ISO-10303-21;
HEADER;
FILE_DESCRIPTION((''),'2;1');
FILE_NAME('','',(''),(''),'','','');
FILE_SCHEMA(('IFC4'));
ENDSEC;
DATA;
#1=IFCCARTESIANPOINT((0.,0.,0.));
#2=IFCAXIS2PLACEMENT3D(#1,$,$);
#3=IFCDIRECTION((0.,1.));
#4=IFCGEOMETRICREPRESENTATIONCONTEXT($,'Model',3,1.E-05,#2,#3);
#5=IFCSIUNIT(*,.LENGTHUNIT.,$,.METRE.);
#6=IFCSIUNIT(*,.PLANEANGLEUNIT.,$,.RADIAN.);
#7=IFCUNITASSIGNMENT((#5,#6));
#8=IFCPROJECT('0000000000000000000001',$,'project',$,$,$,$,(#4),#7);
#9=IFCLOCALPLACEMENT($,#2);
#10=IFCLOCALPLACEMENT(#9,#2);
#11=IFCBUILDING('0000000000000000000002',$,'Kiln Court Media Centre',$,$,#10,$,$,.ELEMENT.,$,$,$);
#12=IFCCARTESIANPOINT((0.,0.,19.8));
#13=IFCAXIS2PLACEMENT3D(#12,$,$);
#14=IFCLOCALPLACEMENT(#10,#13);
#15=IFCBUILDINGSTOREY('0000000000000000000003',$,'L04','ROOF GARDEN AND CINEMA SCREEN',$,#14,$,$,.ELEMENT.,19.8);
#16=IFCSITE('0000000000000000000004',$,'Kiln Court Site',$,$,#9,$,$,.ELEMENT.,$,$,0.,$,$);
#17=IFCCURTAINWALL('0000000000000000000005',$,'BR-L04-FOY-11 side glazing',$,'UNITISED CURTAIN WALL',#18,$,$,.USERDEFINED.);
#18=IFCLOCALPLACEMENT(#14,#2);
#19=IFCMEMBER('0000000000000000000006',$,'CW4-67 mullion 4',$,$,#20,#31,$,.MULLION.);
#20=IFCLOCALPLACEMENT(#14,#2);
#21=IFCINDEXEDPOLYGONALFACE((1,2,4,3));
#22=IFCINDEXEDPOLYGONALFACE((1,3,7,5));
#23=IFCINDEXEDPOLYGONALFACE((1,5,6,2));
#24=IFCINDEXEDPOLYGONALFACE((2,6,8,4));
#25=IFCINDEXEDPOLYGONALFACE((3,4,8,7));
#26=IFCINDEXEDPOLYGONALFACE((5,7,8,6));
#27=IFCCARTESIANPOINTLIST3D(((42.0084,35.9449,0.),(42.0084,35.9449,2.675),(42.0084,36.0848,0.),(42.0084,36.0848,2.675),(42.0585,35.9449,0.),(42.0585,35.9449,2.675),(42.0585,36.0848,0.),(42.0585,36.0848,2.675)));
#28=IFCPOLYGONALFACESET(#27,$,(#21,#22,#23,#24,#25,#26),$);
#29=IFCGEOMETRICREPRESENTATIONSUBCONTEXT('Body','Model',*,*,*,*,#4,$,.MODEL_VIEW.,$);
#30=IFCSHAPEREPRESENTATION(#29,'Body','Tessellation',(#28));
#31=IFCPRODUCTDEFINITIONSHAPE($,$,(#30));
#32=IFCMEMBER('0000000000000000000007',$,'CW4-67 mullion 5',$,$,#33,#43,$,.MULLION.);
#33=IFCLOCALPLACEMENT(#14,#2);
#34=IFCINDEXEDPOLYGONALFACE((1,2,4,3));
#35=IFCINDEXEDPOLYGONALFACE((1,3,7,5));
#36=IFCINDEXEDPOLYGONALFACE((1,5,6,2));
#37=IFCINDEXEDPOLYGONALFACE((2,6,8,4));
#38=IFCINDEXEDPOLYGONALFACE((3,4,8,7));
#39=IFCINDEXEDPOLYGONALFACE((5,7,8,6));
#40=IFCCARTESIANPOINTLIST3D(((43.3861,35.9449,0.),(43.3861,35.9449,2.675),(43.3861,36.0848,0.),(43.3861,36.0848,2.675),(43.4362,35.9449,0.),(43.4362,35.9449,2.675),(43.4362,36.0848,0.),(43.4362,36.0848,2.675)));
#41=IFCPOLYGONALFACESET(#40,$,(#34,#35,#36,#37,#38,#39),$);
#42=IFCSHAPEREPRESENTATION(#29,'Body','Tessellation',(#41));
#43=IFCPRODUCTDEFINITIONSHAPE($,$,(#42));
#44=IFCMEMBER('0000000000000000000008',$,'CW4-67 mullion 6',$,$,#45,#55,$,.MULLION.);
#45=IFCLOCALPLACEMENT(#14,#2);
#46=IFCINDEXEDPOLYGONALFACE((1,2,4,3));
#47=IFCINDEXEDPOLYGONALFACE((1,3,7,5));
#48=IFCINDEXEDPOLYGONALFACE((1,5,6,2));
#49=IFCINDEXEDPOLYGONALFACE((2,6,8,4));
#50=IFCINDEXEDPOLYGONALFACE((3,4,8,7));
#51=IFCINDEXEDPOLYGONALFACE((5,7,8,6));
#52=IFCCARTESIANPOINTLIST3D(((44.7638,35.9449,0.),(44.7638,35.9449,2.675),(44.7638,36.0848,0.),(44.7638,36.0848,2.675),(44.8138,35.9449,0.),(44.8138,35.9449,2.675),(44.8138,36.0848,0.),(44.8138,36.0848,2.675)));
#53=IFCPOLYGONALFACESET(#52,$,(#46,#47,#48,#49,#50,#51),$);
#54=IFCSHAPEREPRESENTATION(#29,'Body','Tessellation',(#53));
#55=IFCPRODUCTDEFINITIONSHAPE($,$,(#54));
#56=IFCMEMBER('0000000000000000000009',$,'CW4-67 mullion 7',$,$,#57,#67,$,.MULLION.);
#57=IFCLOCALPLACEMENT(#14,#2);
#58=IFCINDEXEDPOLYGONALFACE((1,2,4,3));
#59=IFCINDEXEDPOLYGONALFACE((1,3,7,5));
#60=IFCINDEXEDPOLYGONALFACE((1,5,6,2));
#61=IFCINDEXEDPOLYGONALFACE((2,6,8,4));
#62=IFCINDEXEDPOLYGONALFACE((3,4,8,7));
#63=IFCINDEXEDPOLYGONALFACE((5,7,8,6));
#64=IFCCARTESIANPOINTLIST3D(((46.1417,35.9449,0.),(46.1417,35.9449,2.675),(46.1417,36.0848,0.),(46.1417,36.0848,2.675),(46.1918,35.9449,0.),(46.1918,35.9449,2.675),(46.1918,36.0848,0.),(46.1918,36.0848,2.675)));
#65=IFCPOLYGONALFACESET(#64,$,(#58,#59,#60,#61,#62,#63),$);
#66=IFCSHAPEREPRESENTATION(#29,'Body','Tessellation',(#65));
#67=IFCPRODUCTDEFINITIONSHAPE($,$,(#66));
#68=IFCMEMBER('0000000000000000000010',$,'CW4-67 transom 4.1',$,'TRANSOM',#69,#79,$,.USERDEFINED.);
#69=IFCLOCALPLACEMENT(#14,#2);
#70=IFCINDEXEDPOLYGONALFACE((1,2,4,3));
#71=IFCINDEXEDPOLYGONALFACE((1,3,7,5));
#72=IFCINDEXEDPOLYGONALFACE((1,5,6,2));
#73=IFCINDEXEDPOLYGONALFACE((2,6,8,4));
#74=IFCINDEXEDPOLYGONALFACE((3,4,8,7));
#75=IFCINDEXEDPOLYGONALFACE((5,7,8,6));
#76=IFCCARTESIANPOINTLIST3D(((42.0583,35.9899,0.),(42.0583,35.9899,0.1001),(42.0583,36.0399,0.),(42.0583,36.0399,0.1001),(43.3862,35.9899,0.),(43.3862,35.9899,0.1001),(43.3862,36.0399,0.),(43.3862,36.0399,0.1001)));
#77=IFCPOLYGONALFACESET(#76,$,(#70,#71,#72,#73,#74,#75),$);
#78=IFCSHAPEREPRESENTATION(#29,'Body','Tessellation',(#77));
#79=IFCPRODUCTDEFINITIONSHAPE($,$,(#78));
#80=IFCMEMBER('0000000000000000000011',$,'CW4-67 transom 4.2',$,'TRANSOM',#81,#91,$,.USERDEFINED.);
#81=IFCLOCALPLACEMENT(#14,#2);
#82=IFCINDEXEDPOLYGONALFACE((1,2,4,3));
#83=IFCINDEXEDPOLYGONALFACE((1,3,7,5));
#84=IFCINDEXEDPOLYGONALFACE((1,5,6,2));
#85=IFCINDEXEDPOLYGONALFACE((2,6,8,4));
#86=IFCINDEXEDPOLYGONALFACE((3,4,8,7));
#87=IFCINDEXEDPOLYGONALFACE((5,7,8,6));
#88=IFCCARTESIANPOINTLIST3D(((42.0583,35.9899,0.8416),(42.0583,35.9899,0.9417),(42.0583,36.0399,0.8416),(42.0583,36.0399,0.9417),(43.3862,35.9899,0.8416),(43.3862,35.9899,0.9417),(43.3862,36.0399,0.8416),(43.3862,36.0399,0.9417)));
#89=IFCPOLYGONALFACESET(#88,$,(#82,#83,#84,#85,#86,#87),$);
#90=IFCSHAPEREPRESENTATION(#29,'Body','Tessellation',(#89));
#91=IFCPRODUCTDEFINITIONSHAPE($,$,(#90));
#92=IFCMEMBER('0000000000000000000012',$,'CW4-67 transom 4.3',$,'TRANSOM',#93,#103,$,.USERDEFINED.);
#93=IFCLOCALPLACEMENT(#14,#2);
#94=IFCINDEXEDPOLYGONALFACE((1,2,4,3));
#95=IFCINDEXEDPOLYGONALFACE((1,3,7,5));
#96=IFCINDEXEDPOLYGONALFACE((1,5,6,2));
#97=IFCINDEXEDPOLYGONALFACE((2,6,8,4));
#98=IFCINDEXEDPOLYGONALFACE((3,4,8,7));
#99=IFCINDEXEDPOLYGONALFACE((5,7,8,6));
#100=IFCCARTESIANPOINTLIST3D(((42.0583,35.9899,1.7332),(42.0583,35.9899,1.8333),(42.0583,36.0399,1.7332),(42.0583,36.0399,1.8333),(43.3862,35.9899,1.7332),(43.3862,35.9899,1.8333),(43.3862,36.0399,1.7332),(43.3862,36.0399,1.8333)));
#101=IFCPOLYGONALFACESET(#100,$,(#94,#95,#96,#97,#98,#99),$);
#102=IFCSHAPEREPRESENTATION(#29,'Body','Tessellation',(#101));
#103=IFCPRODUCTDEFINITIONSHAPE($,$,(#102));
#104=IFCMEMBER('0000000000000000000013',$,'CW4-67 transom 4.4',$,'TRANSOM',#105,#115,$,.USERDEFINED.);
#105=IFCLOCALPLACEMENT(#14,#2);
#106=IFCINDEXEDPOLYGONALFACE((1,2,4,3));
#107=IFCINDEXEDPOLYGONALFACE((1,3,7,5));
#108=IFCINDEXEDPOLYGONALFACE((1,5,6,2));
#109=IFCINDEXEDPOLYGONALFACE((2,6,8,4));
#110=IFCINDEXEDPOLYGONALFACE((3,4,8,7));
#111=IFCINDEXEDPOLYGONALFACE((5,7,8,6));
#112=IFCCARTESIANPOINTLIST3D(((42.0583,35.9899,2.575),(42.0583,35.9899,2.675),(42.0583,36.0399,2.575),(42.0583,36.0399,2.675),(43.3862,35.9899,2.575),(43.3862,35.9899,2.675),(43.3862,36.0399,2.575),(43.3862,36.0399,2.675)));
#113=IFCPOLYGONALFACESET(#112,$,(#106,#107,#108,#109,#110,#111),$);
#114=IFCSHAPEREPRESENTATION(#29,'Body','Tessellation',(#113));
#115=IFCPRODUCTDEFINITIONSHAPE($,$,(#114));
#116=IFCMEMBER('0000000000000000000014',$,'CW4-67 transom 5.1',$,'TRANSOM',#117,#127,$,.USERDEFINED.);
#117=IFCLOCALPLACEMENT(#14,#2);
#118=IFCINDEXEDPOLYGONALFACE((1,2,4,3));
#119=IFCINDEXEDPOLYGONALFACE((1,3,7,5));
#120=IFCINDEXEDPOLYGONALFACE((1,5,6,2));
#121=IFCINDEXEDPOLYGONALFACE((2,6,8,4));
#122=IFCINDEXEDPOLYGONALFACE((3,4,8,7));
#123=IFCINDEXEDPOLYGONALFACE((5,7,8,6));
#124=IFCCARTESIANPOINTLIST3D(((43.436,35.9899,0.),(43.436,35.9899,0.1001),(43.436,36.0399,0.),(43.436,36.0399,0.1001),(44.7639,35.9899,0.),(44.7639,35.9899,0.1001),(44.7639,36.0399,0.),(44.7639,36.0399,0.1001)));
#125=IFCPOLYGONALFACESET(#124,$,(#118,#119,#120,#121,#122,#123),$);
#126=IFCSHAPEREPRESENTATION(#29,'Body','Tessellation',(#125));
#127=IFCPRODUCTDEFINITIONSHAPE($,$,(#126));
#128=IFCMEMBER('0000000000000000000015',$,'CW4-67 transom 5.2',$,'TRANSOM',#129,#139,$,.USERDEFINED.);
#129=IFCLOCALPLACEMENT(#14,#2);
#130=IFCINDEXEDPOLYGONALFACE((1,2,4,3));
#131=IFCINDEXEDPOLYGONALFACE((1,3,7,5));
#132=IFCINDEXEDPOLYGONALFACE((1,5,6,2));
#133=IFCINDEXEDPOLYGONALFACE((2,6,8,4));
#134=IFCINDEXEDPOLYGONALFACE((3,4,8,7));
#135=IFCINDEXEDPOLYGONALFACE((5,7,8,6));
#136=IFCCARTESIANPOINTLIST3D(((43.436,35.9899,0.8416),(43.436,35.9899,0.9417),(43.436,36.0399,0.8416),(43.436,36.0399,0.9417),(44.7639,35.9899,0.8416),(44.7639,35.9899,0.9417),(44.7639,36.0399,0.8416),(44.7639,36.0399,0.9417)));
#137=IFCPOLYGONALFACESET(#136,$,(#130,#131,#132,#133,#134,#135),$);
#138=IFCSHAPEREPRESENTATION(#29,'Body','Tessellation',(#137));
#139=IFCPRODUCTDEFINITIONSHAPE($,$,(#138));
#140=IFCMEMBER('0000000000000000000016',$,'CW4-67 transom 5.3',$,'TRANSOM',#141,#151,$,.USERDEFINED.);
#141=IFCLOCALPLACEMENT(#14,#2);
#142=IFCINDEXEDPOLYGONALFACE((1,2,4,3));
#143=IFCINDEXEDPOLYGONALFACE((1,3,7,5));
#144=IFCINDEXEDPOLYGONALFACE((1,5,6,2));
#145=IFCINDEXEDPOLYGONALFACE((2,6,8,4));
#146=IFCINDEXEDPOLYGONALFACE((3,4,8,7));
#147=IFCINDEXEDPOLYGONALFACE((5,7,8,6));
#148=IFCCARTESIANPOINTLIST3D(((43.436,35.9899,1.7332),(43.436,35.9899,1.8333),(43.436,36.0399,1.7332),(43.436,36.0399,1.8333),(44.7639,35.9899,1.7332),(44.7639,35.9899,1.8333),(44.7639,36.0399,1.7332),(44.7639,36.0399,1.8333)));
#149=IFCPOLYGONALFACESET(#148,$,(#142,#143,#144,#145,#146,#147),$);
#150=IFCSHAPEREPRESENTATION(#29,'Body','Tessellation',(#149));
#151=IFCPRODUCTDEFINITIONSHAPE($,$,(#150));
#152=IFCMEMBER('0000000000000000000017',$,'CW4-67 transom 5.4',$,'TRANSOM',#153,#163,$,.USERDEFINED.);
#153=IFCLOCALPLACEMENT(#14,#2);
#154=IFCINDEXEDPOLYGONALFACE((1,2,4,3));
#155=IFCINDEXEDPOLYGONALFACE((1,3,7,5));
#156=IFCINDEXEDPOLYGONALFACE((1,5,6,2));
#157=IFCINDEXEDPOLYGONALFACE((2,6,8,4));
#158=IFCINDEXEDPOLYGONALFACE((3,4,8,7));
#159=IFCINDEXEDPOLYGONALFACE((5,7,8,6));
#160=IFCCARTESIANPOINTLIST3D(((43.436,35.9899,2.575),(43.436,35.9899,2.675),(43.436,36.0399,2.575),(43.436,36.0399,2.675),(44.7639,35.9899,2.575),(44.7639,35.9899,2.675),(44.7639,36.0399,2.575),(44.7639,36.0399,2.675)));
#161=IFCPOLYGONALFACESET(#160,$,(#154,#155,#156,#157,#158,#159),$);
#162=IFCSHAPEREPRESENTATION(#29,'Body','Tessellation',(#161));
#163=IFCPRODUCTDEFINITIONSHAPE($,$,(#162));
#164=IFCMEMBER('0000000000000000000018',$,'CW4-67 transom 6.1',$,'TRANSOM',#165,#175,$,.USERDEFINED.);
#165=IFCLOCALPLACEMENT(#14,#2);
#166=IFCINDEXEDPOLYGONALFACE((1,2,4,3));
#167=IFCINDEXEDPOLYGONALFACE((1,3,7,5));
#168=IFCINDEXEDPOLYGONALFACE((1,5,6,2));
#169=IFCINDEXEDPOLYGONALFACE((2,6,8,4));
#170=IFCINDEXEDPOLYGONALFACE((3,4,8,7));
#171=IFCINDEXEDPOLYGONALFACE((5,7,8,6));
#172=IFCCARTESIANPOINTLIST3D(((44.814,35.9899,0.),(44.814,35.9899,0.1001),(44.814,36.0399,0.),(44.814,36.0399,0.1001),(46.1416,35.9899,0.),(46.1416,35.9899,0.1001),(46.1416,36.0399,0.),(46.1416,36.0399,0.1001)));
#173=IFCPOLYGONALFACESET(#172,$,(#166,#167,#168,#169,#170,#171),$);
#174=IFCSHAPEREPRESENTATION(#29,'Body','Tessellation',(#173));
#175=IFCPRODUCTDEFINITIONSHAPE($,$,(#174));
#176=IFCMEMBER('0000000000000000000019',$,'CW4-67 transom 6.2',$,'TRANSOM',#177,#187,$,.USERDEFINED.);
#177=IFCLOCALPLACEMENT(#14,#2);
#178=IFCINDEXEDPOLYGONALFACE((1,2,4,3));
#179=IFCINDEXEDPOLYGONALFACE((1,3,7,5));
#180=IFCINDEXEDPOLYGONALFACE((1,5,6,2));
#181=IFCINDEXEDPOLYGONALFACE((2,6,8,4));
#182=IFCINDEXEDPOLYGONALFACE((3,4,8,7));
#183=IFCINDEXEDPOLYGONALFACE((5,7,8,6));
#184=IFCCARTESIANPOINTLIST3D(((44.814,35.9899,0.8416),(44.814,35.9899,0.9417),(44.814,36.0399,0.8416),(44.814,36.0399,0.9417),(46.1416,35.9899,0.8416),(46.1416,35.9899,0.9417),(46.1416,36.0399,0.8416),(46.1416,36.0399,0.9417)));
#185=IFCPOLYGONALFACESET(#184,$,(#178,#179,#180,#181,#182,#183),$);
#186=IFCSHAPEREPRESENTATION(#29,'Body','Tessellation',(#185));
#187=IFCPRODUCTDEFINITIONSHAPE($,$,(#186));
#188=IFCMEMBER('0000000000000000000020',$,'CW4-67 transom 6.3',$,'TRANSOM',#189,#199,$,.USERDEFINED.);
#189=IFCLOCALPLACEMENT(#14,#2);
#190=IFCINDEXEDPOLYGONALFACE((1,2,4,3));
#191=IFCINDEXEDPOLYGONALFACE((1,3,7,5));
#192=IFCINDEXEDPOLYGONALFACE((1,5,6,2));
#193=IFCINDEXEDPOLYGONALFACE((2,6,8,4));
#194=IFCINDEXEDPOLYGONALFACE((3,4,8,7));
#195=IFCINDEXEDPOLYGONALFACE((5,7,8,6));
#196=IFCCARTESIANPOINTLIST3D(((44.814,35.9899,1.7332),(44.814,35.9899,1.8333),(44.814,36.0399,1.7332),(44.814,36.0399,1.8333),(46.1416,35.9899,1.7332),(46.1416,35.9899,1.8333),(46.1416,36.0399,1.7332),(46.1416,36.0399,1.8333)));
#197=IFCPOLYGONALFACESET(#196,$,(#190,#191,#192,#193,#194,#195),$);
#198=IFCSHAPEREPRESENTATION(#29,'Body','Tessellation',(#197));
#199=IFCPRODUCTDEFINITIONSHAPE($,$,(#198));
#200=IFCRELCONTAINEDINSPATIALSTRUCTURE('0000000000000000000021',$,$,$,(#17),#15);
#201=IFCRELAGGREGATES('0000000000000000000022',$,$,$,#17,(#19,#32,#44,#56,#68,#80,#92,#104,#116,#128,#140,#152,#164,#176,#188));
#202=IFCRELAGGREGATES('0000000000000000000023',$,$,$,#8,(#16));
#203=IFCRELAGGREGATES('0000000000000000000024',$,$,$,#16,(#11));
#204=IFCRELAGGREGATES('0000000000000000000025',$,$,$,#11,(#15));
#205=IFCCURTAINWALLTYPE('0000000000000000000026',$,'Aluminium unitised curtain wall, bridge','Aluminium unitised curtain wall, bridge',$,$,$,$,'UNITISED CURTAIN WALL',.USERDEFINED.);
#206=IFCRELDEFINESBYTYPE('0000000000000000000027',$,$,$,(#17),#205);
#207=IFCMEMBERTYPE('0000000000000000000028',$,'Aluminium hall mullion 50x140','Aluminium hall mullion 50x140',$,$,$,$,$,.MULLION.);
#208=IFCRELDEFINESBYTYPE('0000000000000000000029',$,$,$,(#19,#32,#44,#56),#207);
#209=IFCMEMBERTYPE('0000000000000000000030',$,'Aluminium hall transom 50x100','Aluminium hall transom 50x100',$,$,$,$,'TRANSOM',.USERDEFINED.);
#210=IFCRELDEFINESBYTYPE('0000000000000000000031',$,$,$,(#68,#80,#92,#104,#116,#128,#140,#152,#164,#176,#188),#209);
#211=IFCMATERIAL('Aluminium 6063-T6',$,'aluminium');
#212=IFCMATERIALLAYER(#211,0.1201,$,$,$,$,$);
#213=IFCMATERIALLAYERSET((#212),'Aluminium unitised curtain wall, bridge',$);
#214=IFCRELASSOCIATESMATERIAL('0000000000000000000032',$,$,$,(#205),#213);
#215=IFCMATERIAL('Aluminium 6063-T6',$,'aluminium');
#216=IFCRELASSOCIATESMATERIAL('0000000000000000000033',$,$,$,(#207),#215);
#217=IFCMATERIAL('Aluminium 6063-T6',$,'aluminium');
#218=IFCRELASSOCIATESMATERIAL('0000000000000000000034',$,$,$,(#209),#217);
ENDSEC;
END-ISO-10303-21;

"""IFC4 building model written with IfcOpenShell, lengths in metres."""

from ifc_helpers import new_model, si_unit, direction, frame, origin, origin_2d, place, context, subcontext, project, spatial, rectangle, extrude, material, layer, layer_set, material_profile, profile_set, type_object, element, aggregate, save


model = new_model("IFC4")

# Units and contexts
model_context = context("Model", 3, precision=1e-05, world=origin(), true_north=direction((0.0, 1.0)))
body_context = subcontext(model_context, "Body", "Model", "MODEL_VIEW")
ifc_project = project(units=[si_unit("LENGTHUNIT", "METRE"), si_unit("PLANEANGLEUNIT", "RADIAN")], contexts=[model_context])

# Site, building, storey
site_placement = place(None, origin())
site = spatial("IfcSite", under=ifc_project, at=site_placement, Name="Kiln Court Site", CompositionType="ELEMENT", RefElevation=0.0)
building_placement = place(site_placement, origin())
building = spatial("IfcBuilding", under=site, at=building_placement, Name="Kiln Court Media Centre", CompositionType="ELEMENT")
storey_placement = place(building_placement, frame((0.0, 0.0, 19.8)))
storey = spatial("IfcBuildingStorey", under=building, at=storey_placement, Name="L04", Description="ROOF GARDEN AND CINEMA SCREEN", CompositionType="ELEMENT", Elevation=19.8)

# Curtain wall, members
ifc_material_1 = material(Name="Aluminium 6063-T6", Category="aluminium")
ifc_layer_1 = layer(ifc_material_1, 0.1201)
ifc_layer_set_1 = layer_set([ifc_layer_1], Name="Aluminium unitised curtain wall, bridge")
curtain_wall_type = type_object("IfcCurtainWallType", Name="Aluminium unitised curtain wall, bridge", Description="Aluminium unitised curtain wall, bridge", ElementType="UNITISED CURTAIN WALL", PredefinedType="USERDEFINED", material=ifc_layer_set_1)
curtain_wall_placement = place(storey_placement, origin())
curtain_wall = element("IfcCurtainWall", 1, at=curtain_wall_placement, inside=storey, type_object=curtain_wall_type, Name="BR-L04-FOY-11 side glazing", ObjectType="UNITISED CURTAIN WALL", PredefinedType="USERDEFINED")
ifc_material_2 = material(Name="Aluminium 6063-T6", Category="aluminium")
ifc_material_profile_1 = material_profile(ifc_material_2, rectangle(XDim=0.05, YDim=0.1399, at=origin_2d()), Name="Aluminium hall mullion 50x140")
ifc_profile_set_1 = profile_set([ifc_material_profile_1], Name="Aluminium 6063-T6")
member_type_1 = type_object("IfcMemberType", Name="Aluminium hall mullion 50x140", Description="Aluminium hall mullion 50x140", PredefinedType="MULLION", material=ifc_profile_set_1)
member_1_placement = place(storey_placement, frame((42.0334, 36.0149, 0.0), z_axis=(0.0, 0.0, 1.0), x_axis=(1.0, 0.0, 0.0)))
member_1 = element("IfcMember", 2, at=member_1_placement, type_object=member_type_1, Name="CW4-67 mullion 4", PredefinedType="MULLION", context=body_context, shape_type="SweptSolid", body=[
    extrude(rectangle(XDim=0.05, YDim=0.1399, at=origin_2d()), origin(), (0.0, 0.0, 1.0), 2.675),
])
member_2_placement = place(storey_placement, frame((43.4111, 36.0149, 0.0), z_axis=(0.0, 0.0, 1.0), x_axis=(1.0, 0.0, 0.0)))
member_2 = element("IfcMember", 3, at=member_2_placement, type_object=member_type_1, Name="CW4-67 mullion 5", PredefinedType="MULLION", context=body_context, shape_type="SweptSolid", body=[
    extrude(rectangle(XDim=0.05, YDim=0.1399, at=origin_2d()), origin(), (0.0, 0.0, 1.0), 2.675),
])
member_3_placement = place(storey_placement, frame((44.7888, 36.0149, 0.0), z_axis=(0.0, 0.0, 1.0), x_axis=(1.0, 0.0, 0.0)))
member_3 = element("IfcMember", 4, at=member_3_placement, type_object=member_type_1, Name="CW4-67 mullion 6", PredefinedType="MULLION", context=body_context, shape_type="SweptSolid", body=[
    extrude(rectangle(XDim=0.05, YDim=0.1399, at=origin_2d()), origin(), (0.0, 0.0, 1.0), 2.675),
])
member_4_placement = place(storey_placement, frame((46.1667, 36.0149, 0.0), z_axis=(0.0, 0.0, 1.0), x_axis=(1.0, 0.0, 0.0)))
member_4 = element("IfcMember", 5, at=member_4_placement, type_object=member_type_1, Name="CW4-67 mullion 7", PredefinedType="MULLION", context=body_context, shape_type="SweptSolid", body=[
    extrude(rectangle(XDim=0.05, YDim=0.1399, at=origin_2d()), origin(), (0.0, 0.0, 1.0), 2.675),
])
ifc_material_3 = material(Name="Aluminium 6063-T6", Category="aluminium")
ifc_material_profile_2 = material_profile(ifc_material_3, rectangle(XDim=0.05, YDim=0.1001, at=origin_2d()), Name="Aluminium hall transom 50x100")
ifc_profile_set_2 = profile_set([ifc_material_profile_2], Name="Aluminium 6063-T6")
member_type_2 = type_object("IfcMemberType", Name="Aluminium hall transom 50x100", Description="Aluminium hall transom 50x100", ElementType="TRANSOM", PredefinedType="USERDEFINED", material=ifc_profile_set_2)
member_5_placement = place(storey_placement, frame((42.0583, 36.0149, 0.05), z_axis=(1.0, 0.0, 0.0), x_axis=(0.0, 1.0, 0.0)))
member_5 = element("IfcMember", 6, at=member_5_placement, type_object=member_type_2, Name="CW4-67 transom 4.1", ObjectType="TRANSOM", PredefinedType="USERDEFINED", context=body_context, shape_type="SweptSolid", body=[
    extrude(rectangle(XDim=0.05, YDim=0.1001, at=origin_2d()), origin(), (0.0, 0.0, 1.0), 1.3279),
])
member_6_placement = place(storey_placement, frame((42.0583, 36.0149, 0.8916), z_axis=(1.0, 0.0, 0.0), x_axis=(0.0, 1.0, 0.0)))
member_6 = element("IfcMember", 7, at=member_6_placement, type_object=member_type_2, Name="CW4-67 transom 4.2", ObjectType="TRANSOM", PredefinedType="USERDEFINED", context=body_context, shape_type="SweptSolid", body=[
    extrude(rectangle(XDim=0.05, YDim=0.1001, at=origin_2d()), origin(), (0.0, 0.0, 1.0), 1.3279),
])
member_7_placement = place(storey_placement, frame((42.0583, 36.0149, 1.7832), z_axis=(1.0, 0.0, 0.0), x_axis=(0.0, 1.0, 0.0)))
member_7 = element("IfcMember", 8, at=member_7_placement, type_object=member_type_2, Name="CW4-67 transom 4.3", ObjectType="TRANSOM", PredefinedType="USERDEFINED", context=body_context, shape_type="SweptSolid", body=[
    extrude(rectangle(XDim=0.05, YDim=0.1001, at=origin_2d()), origin(), (0.0, 0.0, 1.0), 1.3279),
])
member_8_placement = place(storey_placement, frame((42.0583, 36.0149, 2.625), z_axis=(1.0, 0.0, 0.0), x_axis=(0.0, 1.0, 0.0)))
member_8 = element("IfcMember", 9, at=member_8_placement, type_object=member_type_2, Name="CW4-67 transom 4.4", ObjectType="TRANSOM", PredefinedType="USERDEFINED", context=body_context, shape_type="SweptSolid", body=[
    extrude(rectangle(XDim=0.05, YDim=0.1001, at=origin_2d()), origin(), (0.0, 0.0, 1.0), 1.3279),
])
member_9_placement = place(storey_placement, frame((43.436, 36.0149, 0.05), z_axis=(1.0, 0.0, 0.0), x_axis=(0.0, 1.0, 0.0)))
member_9 = element("IfcMember", 10, at=member_9_placement, type_object=member_type_2, Name="CW4-67 transom 5.1", ObjectType="TRANSOM", PredefinedType="USERDEFINED", context=body_context, shape_type="SweptSolid", body=[
    extrude(rectangle(XDim=0.05, YDim=0.1001, at=origin_2d()), origin(), (0.0, 0.0, 1.0), 1.3279),
])
member_10_placement = place(storey_placement, frame((43.436, 36.0149, 0.8916), z_axis=(1.0, 0.0, 0.0), x_axis=(0.0, 1.0, 0.0)))
member_10 = element("IfcMember", 11, at=member_10_placement, type_object=member_type_2, Name="CW4-67 transom 5.2", ObjectType="TRANSOM", PredefinedType="USERDEFINED", context=body_context, shape_type="SweptSolid", body=[
    extrude(rectangle(XDim=0.05, YDim=0.1001, at=origin_2d()), origin(), (0.0, 0.0, 1.0), 1.3279),
])
member_11_placement = place(storey_placement, frame((43.436, 36.0149, 1.7832), z_axis=(1.0, 0.0, 0.0), x_axis=(0.0, 1.0, 0.0)))
member_11 = element("IfcMember", 12, at=member_11_placement, type_object=member_type_2, Name="CW4-67 transom 5.3", ObjectType="TRANSOM", PredefinedType="USERDEFINED", context=body_context, shape_type="SweptSolid", body=[
    extrude(rectangle(XDim=0.05, YDim=0.1001, at=origin_2d()), origin(), (0.0, 0.0, 1.0), 1.3279),
])
member_12_placement = place(storey_placement, frame((43.436, 36.0149, 2.625), z_axis=(1.0, 0.0, 0.0), x_axis=(0.0, 1.0, 0.0)))
member_12 = element("IfcMember", 13, at=member_12_placement, type_object=member_type_2, Name="CW4-67 transom 5.4", ObjectType="TRANSOM", PredefinedType="USERDEFINED", context=body_context, shape_type="SweptSolid", body=[
    extrude(rectangle(XDim=0.05, YDim=0.1001, at=origin_2d()), origin(), (0.0, 0.0, 1.0), 1.3279),
])
member_13_placement = place(storey_placement, frame((44.814, 36.0149, 0.05), z_axis=(1.0, 0.0, 0.0), x_axis=(0.0, 1.0, 0.0)))
member_13 = element("IfcMember", 14, at=member_13_placement, type_object=member_type_2, Name="CW4-67 transom 6.1", ObjectType="TRANSOM", PredefinedType="USERDEFINED", context=body_context, shape_type="SweptSolid", body=[
    extrude(rectangle(XDim=0.05, YDim=0.1001, at=origin_2d()), origin(), (0.0, 0.0, 1.0), 1.3276),
])
member_14_placement = place(storey_placement, frame((44.814, 36.0149, 0.8916), z_axis=(1.0, 0.0, 0.0), x_axis=(0.0, 1.0, 0.0)))
member_14 = element("IfcMember", 15, at=member_14_placement, type_object=member_type_2, Name="CW4-67 transom 6.2", ObjectType="TRANSOM", PredefinedType="USERDEFINED", context=body_context, shape_type="SweptSolid", body=[
    extrude(rectangle(XDim=0.05, YDim=0.1001, at=origin_2d()), origin(), (0.0, 0.0, 1.0), 1.3276),
])
member_15_placement = place(storey_placement, frame((44.814, 36.0149, 1.7832), z_axis=(1.0, 0.0, 0.0), x_axis=(0.0, 1.0, 0.0)))
member_15 = element("IfcMember", 16, at=member_15_placement, type_object=member_type_2, Name="CW4-67 transom 6.3", ObjectType="TRANSOM", PredefinedType="USERDEFINED", context=body_context, shape_type="SweptSolid", body=[
    extrude(rectangle(XDim=0.05, YDim=0.1001, at=origin_2d()), origin(), (0.0, 0.0, 1.0), 1.3276),
])

aggregate(curtain_wall, [member_1, member_2, member_3, member_4, member_5, member_6, member_7, member_8, member_9, member_10, member_11, member_12, member_13, member_14, member_15])

save(model, "model.ifc")
